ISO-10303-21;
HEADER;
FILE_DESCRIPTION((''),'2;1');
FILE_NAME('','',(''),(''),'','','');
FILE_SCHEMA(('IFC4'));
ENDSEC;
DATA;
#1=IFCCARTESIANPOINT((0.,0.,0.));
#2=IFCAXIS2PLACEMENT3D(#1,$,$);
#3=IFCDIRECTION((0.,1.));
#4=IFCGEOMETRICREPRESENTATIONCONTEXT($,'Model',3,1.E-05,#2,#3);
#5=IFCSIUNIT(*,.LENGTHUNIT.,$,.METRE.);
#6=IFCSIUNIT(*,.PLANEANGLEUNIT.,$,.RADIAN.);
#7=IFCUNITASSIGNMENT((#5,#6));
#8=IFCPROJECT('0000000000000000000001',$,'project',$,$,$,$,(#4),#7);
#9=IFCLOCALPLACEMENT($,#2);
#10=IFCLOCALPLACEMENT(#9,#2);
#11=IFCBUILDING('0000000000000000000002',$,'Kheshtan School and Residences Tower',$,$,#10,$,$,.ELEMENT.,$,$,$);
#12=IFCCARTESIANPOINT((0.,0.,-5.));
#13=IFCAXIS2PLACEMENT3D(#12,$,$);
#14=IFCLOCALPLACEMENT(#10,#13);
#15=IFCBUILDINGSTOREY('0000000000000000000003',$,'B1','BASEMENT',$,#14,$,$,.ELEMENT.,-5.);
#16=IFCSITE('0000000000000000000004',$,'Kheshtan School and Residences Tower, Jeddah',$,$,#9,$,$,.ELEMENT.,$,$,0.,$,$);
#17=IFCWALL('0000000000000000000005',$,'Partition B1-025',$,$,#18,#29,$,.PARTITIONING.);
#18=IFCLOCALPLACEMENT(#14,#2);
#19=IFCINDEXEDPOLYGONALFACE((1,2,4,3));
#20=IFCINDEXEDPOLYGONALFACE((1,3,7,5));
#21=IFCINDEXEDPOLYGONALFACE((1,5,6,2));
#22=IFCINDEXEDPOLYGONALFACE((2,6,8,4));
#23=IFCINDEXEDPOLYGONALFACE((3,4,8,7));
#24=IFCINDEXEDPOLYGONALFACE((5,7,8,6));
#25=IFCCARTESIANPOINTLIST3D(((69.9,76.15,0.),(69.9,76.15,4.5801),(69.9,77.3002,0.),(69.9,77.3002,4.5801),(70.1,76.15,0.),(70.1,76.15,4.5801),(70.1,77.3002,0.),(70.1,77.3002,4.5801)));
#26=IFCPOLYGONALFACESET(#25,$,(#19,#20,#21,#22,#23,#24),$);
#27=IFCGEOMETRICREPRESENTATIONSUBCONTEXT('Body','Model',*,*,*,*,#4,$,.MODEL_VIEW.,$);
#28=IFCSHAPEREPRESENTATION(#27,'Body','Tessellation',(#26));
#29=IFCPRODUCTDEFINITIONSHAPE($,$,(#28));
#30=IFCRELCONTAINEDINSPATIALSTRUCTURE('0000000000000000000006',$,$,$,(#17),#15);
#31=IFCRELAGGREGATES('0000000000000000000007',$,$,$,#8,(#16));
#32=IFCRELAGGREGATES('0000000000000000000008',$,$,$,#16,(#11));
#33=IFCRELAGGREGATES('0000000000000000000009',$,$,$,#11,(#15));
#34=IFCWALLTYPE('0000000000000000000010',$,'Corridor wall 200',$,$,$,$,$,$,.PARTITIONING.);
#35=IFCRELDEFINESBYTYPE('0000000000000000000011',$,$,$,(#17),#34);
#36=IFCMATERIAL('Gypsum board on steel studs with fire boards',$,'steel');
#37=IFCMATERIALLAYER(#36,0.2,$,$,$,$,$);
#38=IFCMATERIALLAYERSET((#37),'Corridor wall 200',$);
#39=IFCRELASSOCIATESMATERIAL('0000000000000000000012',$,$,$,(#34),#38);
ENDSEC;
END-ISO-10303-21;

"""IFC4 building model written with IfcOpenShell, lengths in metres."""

from ifc_helpers import new_model, si_unit, direction, frame, frame_2d, origin, place, context, subcontext, project, spatial, rectangle, extrude, material, layer, layer_set, type_object, element, save


model = new_model("IFC4")

# Units and contexts
model_context = context("Model", 3, precision=1e-05, world=origin(), true_north=direction((0.0, 1.0)))
body_context = subcontext(model_context, "Body", "Model", "MODEL_VIEW")
ifc_project = project(units=[si_unit("LENGTHUNIT", "METRE"), si_unit("PLANEANGLEUNIT", "RADIAN")], contexts=[model_context])

# Site, building, storey
site_placement = place(None, origin())
site = spatial("IfcSite", under=ifc_project, at=site_placement, Name="Kheshtan School and Residences Tower, Jeddah", CompositionType="ELEMENT", RefElevation=0.0)
building_placement = place(site_placement, origin())
building = spatial("IfcBuilding", under=site, at=building_placement, Name="Kheshtan School and Residences Tower", CompositionType="ELEMENT")
storey_placement = place(building_placement, frame((0.0, 0.0, -5.0)))
storey = spatial("IfcBuildingStorey", under=building, at=storey_placement, Name="B1", Description="BASEMENT", CompositionType="ELEMENT", Elevation=-5.0)

# Wall
ifc_material_1 = material(Name="Gypsum board on steel studs with fire boards", Category="steel")
ifc_layer = layer(ifc_material_1, 0.2)
ifc_layer_set = layer_set([ifc_layer], Name="Corridor wall 200")
wall_type = type_object("IfcWallType", Name="Corridor wall 200", PredefinedType="PARTITIONING", material=ifc_layer_set)
wall_placement = place(storey_placement, frame((70.0, 76.1499, 0.0), z_axis=(0.0, 0.0, 1.0), x_axis=(0.0, 1.0, 0.0)))
element("IfcWall", 1, at=wall_placement, inside=storey, type_object=wall_type, Name="Partition B1-025", PredefinedType="PARTITIONING", context=body_context, shape_type="SweptSolid", body=[
    extrude(rectangle(XDim=1.1501, YDim=0.2, at=frame_2d((0.5752, 0.0))), origin(), (0.0, 0.0, 1.0), 4.5801),
])

save(model, "model.ifc")
